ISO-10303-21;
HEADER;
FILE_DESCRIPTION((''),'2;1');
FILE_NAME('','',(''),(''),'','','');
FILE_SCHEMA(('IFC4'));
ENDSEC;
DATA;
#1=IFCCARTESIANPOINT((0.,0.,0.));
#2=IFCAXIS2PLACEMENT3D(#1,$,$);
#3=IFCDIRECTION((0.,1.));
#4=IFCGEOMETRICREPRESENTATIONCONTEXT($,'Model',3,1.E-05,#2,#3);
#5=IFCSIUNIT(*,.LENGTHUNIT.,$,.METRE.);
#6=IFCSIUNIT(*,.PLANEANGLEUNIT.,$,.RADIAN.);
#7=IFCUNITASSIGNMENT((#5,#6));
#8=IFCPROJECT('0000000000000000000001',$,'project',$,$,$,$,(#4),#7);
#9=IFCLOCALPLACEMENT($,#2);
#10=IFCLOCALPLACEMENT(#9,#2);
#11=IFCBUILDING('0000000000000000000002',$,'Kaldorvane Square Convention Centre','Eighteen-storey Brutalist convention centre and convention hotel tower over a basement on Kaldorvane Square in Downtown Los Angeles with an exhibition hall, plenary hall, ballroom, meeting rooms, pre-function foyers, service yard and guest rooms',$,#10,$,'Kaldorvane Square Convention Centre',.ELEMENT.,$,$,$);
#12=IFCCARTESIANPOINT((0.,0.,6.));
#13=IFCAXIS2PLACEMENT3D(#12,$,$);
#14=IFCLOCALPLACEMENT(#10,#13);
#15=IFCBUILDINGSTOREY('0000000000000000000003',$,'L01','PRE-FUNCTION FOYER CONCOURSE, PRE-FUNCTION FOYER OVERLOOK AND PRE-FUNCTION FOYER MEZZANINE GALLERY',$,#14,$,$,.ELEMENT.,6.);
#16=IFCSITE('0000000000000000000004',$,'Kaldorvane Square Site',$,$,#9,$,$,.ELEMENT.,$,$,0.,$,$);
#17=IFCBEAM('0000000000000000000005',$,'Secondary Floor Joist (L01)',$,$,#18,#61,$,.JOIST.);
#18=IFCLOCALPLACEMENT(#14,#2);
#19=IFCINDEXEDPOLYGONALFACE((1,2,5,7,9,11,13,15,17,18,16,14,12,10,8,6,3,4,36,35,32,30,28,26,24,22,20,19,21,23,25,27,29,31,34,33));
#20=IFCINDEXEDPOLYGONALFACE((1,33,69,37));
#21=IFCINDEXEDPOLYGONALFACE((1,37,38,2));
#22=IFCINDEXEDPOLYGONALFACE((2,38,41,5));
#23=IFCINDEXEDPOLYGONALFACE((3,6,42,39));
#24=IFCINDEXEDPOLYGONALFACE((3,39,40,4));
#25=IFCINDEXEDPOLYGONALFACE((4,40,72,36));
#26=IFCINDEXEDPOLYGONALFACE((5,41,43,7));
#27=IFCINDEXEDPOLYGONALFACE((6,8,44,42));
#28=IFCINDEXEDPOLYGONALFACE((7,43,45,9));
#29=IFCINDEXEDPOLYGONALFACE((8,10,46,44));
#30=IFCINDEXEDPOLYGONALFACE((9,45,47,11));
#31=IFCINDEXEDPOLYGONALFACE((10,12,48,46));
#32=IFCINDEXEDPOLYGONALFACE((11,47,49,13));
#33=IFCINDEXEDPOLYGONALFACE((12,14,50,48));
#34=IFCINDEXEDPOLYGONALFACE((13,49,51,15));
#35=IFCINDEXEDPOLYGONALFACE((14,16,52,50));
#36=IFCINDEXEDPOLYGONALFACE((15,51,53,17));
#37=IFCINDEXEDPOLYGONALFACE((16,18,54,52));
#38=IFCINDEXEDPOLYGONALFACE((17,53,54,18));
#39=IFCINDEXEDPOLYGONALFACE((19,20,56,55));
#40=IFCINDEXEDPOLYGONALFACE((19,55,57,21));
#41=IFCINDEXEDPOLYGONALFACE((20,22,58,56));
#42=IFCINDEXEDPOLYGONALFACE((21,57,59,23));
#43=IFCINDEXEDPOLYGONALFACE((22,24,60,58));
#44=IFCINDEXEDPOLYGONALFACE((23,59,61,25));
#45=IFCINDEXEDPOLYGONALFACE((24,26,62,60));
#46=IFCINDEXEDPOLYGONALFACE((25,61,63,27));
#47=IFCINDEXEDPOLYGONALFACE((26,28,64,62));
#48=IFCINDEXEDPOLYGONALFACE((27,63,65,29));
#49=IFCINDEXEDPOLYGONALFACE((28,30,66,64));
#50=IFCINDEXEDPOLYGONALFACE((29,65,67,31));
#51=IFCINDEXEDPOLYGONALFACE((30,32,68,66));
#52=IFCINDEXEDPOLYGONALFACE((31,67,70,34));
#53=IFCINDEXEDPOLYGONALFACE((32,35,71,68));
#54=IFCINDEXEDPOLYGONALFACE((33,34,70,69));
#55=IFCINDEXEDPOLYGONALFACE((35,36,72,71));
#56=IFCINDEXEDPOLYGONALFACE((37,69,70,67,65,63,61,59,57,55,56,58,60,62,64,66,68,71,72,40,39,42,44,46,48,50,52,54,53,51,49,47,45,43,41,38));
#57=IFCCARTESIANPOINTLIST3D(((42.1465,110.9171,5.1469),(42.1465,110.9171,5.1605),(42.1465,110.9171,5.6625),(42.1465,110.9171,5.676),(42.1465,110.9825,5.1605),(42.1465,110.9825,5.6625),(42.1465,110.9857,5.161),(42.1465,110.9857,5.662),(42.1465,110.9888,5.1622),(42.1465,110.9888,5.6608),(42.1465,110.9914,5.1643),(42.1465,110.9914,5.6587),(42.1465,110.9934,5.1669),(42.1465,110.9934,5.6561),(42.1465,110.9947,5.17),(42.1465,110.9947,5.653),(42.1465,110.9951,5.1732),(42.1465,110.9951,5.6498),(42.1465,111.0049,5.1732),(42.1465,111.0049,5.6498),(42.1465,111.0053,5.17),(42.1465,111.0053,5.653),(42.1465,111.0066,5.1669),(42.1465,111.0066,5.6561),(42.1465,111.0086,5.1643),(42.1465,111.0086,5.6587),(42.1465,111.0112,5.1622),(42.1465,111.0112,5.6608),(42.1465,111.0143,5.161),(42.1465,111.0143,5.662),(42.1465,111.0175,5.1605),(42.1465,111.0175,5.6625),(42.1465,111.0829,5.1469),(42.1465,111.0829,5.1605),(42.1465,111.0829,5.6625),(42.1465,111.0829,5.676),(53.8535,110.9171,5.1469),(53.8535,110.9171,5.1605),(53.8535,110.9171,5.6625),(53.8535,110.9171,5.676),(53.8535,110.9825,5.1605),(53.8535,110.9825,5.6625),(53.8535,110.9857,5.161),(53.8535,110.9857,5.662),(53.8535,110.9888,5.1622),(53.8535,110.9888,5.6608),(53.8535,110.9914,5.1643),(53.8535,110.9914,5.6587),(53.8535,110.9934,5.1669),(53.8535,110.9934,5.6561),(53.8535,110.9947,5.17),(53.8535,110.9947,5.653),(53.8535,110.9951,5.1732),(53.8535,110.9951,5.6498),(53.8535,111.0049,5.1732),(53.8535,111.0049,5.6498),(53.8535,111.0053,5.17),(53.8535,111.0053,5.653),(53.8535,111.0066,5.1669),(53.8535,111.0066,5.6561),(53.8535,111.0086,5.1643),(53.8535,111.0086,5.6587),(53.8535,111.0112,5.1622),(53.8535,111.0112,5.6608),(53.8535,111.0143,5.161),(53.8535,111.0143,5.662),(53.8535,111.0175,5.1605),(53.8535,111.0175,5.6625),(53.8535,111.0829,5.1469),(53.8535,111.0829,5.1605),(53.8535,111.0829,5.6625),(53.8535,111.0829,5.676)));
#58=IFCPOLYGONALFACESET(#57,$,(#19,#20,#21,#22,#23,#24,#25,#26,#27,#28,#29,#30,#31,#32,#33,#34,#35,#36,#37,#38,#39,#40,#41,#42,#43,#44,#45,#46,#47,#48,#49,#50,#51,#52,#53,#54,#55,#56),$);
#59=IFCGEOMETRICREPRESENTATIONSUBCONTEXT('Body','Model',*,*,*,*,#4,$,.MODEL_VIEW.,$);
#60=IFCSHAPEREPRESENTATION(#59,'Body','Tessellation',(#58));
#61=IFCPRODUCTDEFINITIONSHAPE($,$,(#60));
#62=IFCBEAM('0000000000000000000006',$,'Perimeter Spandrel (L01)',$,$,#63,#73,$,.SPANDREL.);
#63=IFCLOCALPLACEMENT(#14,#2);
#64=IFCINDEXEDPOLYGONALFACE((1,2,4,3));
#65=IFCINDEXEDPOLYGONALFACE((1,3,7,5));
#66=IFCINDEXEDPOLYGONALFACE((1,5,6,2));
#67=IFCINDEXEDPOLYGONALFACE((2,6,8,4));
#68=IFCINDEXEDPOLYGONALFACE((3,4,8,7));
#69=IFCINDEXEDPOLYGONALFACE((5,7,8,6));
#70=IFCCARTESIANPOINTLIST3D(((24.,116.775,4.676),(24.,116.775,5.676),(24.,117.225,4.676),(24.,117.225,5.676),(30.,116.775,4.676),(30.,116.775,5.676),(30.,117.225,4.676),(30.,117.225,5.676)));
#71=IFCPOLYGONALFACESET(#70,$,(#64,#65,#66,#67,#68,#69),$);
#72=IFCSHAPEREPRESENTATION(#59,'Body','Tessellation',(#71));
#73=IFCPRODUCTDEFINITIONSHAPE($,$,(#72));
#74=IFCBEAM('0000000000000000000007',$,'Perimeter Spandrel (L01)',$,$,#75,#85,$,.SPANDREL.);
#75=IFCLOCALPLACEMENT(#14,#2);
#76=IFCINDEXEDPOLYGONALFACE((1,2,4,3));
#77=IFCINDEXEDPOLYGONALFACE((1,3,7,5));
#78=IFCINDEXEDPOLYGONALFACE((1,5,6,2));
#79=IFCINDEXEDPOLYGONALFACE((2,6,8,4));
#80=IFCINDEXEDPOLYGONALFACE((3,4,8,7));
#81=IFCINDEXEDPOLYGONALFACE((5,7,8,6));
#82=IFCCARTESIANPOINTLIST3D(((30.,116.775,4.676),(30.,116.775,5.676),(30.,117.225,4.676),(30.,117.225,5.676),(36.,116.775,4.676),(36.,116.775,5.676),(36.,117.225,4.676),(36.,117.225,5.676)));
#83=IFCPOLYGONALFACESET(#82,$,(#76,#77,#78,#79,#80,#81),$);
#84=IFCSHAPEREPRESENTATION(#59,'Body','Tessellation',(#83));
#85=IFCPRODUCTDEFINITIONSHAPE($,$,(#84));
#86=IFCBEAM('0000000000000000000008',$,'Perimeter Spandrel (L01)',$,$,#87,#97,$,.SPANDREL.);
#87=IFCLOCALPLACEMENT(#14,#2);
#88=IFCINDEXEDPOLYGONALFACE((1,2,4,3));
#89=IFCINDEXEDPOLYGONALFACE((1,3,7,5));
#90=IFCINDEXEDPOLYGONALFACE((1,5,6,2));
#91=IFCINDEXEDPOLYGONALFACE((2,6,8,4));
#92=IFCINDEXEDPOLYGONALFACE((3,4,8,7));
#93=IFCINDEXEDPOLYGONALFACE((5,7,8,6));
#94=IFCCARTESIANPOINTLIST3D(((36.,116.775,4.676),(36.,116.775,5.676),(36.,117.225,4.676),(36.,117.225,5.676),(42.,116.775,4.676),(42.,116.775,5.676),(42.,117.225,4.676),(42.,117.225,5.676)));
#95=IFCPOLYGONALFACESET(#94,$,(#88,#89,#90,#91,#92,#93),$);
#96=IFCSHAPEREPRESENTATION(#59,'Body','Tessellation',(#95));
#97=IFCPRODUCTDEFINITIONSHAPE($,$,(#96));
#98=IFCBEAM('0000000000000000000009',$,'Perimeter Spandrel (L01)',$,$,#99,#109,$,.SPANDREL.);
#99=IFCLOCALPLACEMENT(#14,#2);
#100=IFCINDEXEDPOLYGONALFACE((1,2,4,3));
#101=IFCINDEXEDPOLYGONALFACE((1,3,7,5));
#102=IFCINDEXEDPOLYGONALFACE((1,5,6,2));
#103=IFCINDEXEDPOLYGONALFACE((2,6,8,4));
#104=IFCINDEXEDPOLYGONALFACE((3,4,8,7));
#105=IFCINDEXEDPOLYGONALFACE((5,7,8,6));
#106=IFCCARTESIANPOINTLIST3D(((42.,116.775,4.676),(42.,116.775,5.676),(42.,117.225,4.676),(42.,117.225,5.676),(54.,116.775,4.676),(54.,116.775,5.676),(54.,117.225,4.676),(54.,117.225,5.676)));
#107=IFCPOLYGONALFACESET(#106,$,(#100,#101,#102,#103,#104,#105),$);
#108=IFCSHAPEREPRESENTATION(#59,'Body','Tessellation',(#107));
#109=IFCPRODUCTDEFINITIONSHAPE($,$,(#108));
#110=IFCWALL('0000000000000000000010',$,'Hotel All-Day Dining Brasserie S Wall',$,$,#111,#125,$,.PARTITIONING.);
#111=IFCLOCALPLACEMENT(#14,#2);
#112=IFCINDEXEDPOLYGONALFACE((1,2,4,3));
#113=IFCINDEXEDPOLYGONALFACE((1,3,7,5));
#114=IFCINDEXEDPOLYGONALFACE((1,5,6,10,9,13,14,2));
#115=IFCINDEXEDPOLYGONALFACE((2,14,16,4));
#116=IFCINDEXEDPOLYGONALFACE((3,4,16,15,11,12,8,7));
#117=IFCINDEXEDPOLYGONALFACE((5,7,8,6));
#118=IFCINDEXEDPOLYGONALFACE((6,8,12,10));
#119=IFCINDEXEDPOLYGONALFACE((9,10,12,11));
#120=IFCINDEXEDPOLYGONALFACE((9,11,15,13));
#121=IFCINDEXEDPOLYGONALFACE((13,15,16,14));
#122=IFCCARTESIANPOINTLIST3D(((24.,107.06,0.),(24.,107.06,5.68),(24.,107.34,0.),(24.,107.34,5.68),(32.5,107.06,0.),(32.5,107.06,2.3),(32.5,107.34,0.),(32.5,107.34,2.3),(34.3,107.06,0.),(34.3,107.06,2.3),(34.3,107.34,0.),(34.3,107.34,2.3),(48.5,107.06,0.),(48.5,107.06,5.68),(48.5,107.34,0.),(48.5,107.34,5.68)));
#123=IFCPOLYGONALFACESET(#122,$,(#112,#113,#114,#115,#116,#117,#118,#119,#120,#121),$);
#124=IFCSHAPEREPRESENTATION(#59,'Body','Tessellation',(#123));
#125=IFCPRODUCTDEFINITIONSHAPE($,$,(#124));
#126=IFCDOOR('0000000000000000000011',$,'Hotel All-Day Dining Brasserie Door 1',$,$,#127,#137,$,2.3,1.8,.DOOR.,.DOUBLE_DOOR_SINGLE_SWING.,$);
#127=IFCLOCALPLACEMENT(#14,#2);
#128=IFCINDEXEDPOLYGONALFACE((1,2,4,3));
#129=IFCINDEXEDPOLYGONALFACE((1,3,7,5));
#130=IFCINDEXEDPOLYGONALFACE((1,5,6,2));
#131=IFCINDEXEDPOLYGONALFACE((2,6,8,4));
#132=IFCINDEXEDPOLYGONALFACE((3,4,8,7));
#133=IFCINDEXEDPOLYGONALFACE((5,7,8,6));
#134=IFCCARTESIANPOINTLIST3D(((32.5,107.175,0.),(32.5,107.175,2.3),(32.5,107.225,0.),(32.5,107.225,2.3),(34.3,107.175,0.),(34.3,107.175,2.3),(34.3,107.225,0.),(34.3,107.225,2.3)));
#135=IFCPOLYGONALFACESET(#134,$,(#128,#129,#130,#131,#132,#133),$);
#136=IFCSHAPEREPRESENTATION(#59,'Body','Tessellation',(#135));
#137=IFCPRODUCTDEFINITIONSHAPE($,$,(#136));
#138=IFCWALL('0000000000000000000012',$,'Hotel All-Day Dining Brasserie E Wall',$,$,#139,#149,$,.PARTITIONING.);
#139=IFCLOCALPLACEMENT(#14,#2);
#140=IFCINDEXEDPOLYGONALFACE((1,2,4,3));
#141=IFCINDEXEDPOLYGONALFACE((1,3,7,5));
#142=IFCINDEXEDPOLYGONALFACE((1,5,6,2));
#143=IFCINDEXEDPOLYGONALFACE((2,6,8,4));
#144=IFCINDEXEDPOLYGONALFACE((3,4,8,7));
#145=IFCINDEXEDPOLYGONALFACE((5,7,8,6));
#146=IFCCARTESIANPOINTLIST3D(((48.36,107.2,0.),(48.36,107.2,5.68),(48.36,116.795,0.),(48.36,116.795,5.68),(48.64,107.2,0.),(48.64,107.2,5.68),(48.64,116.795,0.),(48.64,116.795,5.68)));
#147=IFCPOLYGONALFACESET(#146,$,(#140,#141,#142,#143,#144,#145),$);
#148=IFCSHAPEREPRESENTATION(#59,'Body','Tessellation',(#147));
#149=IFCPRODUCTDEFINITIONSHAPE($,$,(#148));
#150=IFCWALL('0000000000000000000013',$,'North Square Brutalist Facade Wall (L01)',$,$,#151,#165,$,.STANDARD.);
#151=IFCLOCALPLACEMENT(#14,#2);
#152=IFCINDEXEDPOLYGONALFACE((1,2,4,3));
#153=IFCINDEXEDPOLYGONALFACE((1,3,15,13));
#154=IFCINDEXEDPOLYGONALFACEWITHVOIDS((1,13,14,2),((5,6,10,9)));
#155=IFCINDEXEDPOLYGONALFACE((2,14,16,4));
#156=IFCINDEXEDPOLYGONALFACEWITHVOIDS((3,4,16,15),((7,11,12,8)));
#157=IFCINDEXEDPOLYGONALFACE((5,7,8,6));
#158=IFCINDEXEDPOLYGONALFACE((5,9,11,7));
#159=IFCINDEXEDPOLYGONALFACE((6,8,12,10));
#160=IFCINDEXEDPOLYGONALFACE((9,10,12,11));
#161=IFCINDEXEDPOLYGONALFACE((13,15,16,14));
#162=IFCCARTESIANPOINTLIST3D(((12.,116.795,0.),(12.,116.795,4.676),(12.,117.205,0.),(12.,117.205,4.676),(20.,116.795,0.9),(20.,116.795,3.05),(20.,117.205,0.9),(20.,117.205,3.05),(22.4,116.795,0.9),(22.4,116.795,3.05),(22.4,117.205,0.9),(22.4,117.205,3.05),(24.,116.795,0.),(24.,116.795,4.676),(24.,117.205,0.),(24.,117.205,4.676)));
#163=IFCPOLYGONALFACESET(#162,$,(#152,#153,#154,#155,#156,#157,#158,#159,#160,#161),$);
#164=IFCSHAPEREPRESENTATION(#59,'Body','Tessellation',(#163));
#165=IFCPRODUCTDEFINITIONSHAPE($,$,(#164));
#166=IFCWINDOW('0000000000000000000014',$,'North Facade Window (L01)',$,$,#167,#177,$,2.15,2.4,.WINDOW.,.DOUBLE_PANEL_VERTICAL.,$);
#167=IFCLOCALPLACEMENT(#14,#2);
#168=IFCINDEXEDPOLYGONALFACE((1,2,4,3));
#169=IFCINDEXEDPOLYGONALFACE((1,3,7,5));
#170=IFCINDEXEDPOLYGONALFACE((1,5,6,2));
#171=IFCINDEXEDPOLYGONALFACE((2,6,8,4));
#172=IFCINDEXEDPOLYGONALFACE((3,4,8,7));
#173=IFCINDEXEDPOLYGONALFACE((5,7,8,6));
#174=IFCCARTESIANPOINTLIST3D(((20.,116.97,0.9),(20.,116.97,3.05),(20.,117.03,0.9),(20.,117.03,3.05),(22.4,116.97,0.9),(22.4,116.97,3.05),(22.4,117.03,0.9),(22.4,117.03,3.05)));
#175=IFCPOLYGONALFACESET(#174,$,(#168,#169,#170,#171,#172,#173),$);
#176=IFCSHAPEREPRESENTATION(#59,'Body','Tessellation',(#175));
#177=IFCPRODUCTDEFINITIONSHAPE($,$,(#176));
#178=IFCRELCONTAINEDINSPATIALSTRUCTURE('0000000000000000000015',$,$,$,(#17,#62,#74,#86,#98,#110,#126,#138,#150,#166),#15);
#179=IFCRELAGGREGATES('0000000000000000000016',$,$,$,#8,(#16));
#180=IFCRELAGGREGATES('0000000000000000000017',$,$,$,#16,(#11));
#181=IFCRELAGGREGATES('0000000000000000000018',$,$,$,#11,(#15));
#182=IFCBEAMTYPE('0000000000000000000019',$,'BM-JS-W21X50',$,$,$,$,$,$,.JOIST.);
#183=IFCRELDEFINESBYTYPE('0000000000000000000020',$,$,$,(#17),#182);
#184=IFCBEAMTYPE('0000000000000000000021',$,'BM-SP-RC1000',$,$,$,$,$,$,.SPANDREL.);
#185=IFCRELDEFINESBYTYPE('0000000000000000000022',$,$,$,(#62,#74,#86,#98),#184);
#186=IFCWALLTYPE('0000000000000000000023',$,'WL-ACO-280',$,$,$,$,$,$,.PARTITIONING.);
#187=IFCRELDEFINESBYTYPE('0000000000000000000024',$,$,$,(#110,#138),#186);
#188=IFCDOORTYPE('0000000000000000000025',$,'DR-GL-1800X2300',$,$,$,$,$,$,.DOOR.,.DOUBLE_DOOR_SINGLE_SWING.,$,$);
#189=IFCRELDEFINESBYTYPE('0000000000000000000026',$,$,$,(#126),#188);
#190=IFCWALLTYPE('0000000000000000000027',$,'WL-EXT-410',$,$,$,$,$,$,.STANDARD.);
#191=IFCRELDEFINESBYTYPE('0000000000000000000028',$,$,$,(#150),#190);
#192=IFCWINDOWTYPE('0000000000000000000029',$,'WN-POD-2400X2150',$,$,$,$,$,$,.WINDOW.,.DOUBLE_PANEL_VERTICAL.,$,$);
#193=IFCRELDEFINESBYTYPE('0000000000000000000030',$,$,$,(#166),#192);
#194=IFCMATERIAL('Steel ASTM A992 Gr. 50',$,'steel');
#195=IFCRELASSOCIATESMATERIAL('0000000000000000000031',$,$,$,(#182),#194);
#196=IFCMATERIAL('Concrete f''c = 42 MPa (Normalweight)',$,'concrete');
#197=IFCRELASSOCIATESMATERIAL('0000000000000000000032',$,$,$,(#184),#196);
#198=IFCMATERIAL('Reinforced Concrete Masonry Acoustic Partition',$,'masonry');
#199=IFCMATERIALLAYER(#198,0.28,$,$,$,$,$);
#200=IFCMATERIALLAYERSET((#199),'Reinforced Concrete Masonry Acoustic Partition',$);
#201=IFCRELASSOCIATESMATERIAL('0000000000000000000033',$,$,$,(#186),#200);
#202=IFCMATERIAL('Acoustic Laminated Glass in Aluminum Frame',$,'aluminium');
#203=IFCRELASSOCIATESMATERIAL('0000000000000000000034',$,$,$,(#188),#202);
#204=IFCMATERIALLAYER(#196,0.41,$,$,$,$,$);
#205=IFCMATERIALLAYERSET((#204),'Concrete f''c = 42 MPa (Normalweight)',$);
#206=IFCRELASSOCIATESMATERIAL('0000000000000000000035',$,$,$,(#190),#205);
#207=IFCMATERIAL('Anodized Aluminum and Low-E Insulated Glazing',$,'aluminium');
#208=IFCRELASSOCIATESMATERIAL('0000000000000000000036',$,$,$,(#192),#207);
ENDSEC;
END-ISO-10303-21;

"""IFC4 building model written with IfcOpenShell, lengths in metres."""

from ifc_helpers import new_model, si_unit, direction, frame, frame_2d, origin, origin_2d, place, context, subcontext, project, spatial, rectangle, i_section, extrude, material, layer, layer_set, material_profile, profile_set, type_object, element, fill, save


model = new_model("IFC4")

# Units and contexts
model_context = context("Model", 3, precision=1e-05, world=origin(), true_north=direction((0.0, 1.0)))
body_context = subcontext(model_context, "Body", "Model", "MODEL_VIEW")
ifc_project = project(units=[si_unit("LENGTHUNIT", "METRE"), si_unit("PLANEANGLEUNIT", "RADIAN")], contexts=[model_context])

# Site, building, storey
site_placement = place(None, origin())
site = spatial("IfcSite", under=ifc_project, at=site_placement, Name="Kaldorvane Square Site", CompositionType="ELEMENT", RefElevation=0.0)
building_placement = place(site_placement, origin())
building = spatial("IfcBuilding", under=site, at=building_placement, Name="Kaldorvane Square Convention Centre", Description="Eighteen-storey Brutalist convention centre and convention hotel tower over a basement on Kaldorvane Square in Downtown Los Angeles with an exhibition hall, plenary hall, ballroom, meeting rooms, pre-function foyers, service yard and guest rooms", LongName="Kaldorvane Square Convention Centre", CompositionType="ELEMENT")
storey_placement = place(building_placement, frame((0.0, 0.0, 6.0)))
storey = spatial("IfcBuildingStorey", under=building, at=storey_placement, Name="L01", Description="PRE-FUNCTION FOYER CONCOURSE, PRE-FUNCTION FOYER OVERLOOK AND PRE-FUNCTION FOYER MEZZANINE GALLERY", CompositionType="ELEMENT", Elevation=6.0)

# Shared definitions
ifc_material_1 = material(Name="Steel ASTM A992 Gr. 50", Category="steel")

# Beams
ifc_material_profile_1 = material_profile(ifc_material_1, i_section(OverallWidth=0.1659, OverallDepth=0.5291, WebThickness=0.0097, FlangeThickness=0.0136, FilletRadius=0.0127, at=origin_2d()), Name="W21X50")
ifc_profile_set_1 = profile_set([ifc_material_profile_1], Name="Steel ASTM A992 Gr. 50")
beam_type_1 = type_object("IfcBeamType", Name="BM-JS-W21X50", PredefinedType="JOIST", material=ifc_profile_set_1)
beam_1_placement = place(storey_placement, frame((42.1465, 111.0, 5.4115), z_axis=(1.0, 0.0, 0.0), x_axis=(0.0, 1.0, 0.0)))
element("IfcBeam", 1, at=beam_1_placement, inside=storey, type_object=beam_type_1, Name="Secondary Floor Joist (L01)", PredefinedType="JOIST", context=body_context, shape_type="SweptSolid", body=[
    extrude(i_section(OverallWidth=0.1659, OverallDepth=0.5291, WebThickness=0.0097, FlangeThickness=0.0136, FilletRadius=0.0127, at=origin_2d()), origin(), (0.0, 0.0, 1.0), 11.707),
])
ifc_material_2 = material(Name="Concrete f'c = 42 MPa (Normalweight)", Category="concrete")
ifc_material_profile_2 = material_profile(ifc_material_2, rectangle(XDim=0.45, YDim=1.0, at=origin_2d()), Name="RCSP1000X450")
ifc_profile_set_2 = profile_set([ifc_material_profile_2], Name="Concrete f'c = 42 MPa (Normalweight)")
beam_type_2 = type_object("IfcBeamType", Name="BM-SP-RC1000", PredefinedType="SPANDREL", material=ifc_profile_set_2)
for number, where, z_axis, x_axis, name in (
    (2, (24.0, 117.0, 5.176), (1.0, 0.0, 0.0), (0.0, 1.0, 0.0), "Perimeter Spandrel (L01)"),
    (3, (30.0, 117.0, 5.176), (1.0, 0.0, 0.0), (0.0, 1.0, 0.0), "Perimeter Spandrel (L01)"),
    (4, (36.0, 117.0, 5.176), (1.0, 0.0, 0.0), (0.0, 1.0, 0.0), "Perimeter Spandrel (L01)"),
):
    element("IfcBeam", number, at=place(storey_placement, frame(where, z_axis=z_axis, x_axis=x_axis)), inside=storey, type_object=beam_type_2, Name=name, PredefinedType="SPANDREL", context=body_context, shape_type="SweptSolid", body=[
        extrude(rectangle(XDim=0.45, YDim=1.0, at=origin_2d()), origin(), (0.0, 0.0, 1.0), 6.0),
    ])
beam_2_placement = place(storey_placement, frame((42.0, 117.0, 5.176), z_axis=(1.0, 0.0, 0.0), x_axis=(0.0, 1.0, 0.0)))
element("IfcBeam", 5, at=beam_2_placement, inside=storey, type_object=beam_type_2, Name="Perimeter Spandrel (L01)", PredefinedType="SPANDREL", context=body_context, shape_type="SweptSolid", body=[
    extrude(rectangle(XDim=0.45, YDim=1.0, at=origin_2d()), origin(), (0.0, 0.0, 1.0), 12.0),
])

# Wall, opening, door
ifc_material_3 = material(Name="Reinforced Concrete Masonry Acoustic Partition", Category="masonry")
ifc_layer_1 = layer(ifc_material_3, 0.28)
ifc_layer_set_1 = layer_set([ifc_layer_1], Name="Reinforced Concrete Masonry Acoustic Partition")
wall_type_1 = type_object("IfcWallType", Name="WL-ACO-280", PredefinedType="PARTITIONING", material=ifc_layer_set_1)
wall_1_placement = place(storey_placement, frame((24.0, 107.2, 0.0), z_axis=(0.0, 0.0, 1.0), x_axis=(1.0, 0.0, 0.0)))
wall_1 = element("IfcWall", 6, at=wall_1_placement, inside=storey, type_object=wall_type_1, Name="Hotel All-Day Dining Brasserie S Wall", PredefinedType="PARTITIONING", context=body_context, shape_type="SweptSolid", body=[
    extrude(rectangle(XDim=24.5, YDim=0.28, at=frame_2d((12.25, 0.0))), origin(), (0.0, 0.0, 1.0), 5.68),
])
opening_1_placement = place(wall_1_placement, frame((8.5, 0.0, 0.0)))
opening_1 = element("IfcOpeningElement", 7, at=opening_1_placement, cuts=wall_1, PredefinedType="OPENING", context=body_context, shape_type="SweptSolid", body=[
    extrude(rectangle(XDim=1.8, YDim=2.3, at=frame_2d((0.9, 1.15))), frame((0.0, 0.155, 0.0), z_axis=(0.0, -1.0, 0.0), x_axis=(1.0, 0.0, 0.0)), (0.0, 0.0, 1.0), 0.31),
])
ifc_material_4 = material(Name="Acoustic Laminated Glass in Aluminum Frame", Category="aluminium")
door_type = type_object("IfcDoorType", Name="DR-GL-1800X2300", OperationType="DOUBLE_DOOR_SINGLE_SWING", PredefinedType="DOOR", material=ifc_material_4)
door_placement = place(opening_1_placement, origin())
door = element("IfcDoor", 8, at=door_placement, inside=storey, type_object=door_type, Name="Hotel All-Day Dining Brasserie Door 1", OperationType="DOUBLE_DOOR_SINGLE_SWING", OverallHeight=2.3, OverallWidth=1.8, PredefinedType="DOOR", context=body_context, shape_type="SweptSolid", body=[
    extrude(rectangle(XDim=1.8, YDim=2.3, at=frame_2d((0.9, 1.15))), frame((0.0, 0.025, 0.0), z_axis=(0.0, -1.0, 0.0), x_axis=(1.0, 0.0, 0.0)), (0.0, 0.0, 1.0), 0.05),
])
fill(opening_1, door)

# Wall
wall_2_placement = place(storey_placement, frame((48.5, 107.2, 0.0), z_axis=(0.0, 0.0, 1.0), x_axis=(0.0, 1.0, 0.0)))
element("IfcWall", 9, at=wall_2_placement, inside=storey, type_object=wall_type_1, Name="Hotel All-Day Dining Brasserie E Wall", PredefinedType="PARTITIONING", context=body_context, shape_type="SweptSolid", body=[
    extrude(rectangle(XDim=9.595, YDim=0.28, at=frame_2d((4.7975, 0.0))), origin(), (0.0, 0.0, 1.0), 5.68),
])

# Wall, opening, window
ifc_layer_2 = layer(ifc_material_2, 0.41)
ifc_layer_set_2 = layer_set([ifc_layer_2], Name="Concrete f'c = 42 MPa (Normalweight)")
wall_type_2 = type_object("IfcWallType", Name="WL-EXT-410", PredefinedType="STANDARD", material=ifc_layer_set_2)
wall_3_placement = place(storey_placement, frame((24.0, 117.0, 0.0), z_axis=(0.0, 0.0, 1.0), x_axis=(-1.0, 0.0, 0.0)))
wall_3 = element("IfcWall", 10, at=wall_3_placement, inside=storey, type_object=wall_type_2, Name="North Square Brutalist Facade Wall (L01)", PredefinedType="STANDARD", context=body_context, shape_type="SweptSolid", body=[
    extrude(rectangle(XDim=12.0, YDim=0.41, at=frame_2d((6.0, 0.0))), origin(), (0.0, 0.0, 1.0), 4.676),
])
opening_2_placement = place(wall_3_placement, frame((1.6, 0.0, 0.9)))
opening_2 = element("IfcOpeningElement", 11, at=opening_2_placement, cuts=wall_3, PredefinedType="OPENING", context=body_context, shape_type="SweptSolid", body=[
    extrude(rectangle(XDim=2.4, YDim=2.15, at=frame_2d((1.2, 1.075))), frame((0.0, 0.22, 0.0), z_axis=(0.0, -1.0, 0.0), x_axis=(1.0, 0.0, 0.0)), (0.0, 0.0, 1.0), 0.44),
])
ifc_material_5 = material(Name="Anodized Aluminum and Low-E Insulated Glazing", Category="aluminium")
window_type = type_object("IfcWindowType", Name="WN-POD-2400X2150", PartitioningType="DOUBLE_PANEL_VERTICAL", PredefinedType="WINDOW", material=ifc_material_5)
window_1_placement = place(opening_2_placement, origin())
window_1 = element("IfcWindow", 12, at=window_1_placement, inside=storey, type_object=window_type, Name="North Facade Window (L01)", OverallHeight=2.15, OverallWidth=2.4, PartitioningType="DOUBLE_PANEL_VERTICAL", PredefinedType="WINDOW", context=body_context, shape_type="SweptSolid", body=[
    extrude(rectangle(XDim=2.4, YDim=2.15, at=frame_2d((1.2, 1.075))), frame((0.0, 0.03, 0.0), z_axis=(0.0, -1.0, 0.0), x_axis=(1.0, 0.0, 0.0)), (0.0, 0.0, 1.0), 0.06),
])
fill(opening_2, window_1)

save(model, "model.ifc")
